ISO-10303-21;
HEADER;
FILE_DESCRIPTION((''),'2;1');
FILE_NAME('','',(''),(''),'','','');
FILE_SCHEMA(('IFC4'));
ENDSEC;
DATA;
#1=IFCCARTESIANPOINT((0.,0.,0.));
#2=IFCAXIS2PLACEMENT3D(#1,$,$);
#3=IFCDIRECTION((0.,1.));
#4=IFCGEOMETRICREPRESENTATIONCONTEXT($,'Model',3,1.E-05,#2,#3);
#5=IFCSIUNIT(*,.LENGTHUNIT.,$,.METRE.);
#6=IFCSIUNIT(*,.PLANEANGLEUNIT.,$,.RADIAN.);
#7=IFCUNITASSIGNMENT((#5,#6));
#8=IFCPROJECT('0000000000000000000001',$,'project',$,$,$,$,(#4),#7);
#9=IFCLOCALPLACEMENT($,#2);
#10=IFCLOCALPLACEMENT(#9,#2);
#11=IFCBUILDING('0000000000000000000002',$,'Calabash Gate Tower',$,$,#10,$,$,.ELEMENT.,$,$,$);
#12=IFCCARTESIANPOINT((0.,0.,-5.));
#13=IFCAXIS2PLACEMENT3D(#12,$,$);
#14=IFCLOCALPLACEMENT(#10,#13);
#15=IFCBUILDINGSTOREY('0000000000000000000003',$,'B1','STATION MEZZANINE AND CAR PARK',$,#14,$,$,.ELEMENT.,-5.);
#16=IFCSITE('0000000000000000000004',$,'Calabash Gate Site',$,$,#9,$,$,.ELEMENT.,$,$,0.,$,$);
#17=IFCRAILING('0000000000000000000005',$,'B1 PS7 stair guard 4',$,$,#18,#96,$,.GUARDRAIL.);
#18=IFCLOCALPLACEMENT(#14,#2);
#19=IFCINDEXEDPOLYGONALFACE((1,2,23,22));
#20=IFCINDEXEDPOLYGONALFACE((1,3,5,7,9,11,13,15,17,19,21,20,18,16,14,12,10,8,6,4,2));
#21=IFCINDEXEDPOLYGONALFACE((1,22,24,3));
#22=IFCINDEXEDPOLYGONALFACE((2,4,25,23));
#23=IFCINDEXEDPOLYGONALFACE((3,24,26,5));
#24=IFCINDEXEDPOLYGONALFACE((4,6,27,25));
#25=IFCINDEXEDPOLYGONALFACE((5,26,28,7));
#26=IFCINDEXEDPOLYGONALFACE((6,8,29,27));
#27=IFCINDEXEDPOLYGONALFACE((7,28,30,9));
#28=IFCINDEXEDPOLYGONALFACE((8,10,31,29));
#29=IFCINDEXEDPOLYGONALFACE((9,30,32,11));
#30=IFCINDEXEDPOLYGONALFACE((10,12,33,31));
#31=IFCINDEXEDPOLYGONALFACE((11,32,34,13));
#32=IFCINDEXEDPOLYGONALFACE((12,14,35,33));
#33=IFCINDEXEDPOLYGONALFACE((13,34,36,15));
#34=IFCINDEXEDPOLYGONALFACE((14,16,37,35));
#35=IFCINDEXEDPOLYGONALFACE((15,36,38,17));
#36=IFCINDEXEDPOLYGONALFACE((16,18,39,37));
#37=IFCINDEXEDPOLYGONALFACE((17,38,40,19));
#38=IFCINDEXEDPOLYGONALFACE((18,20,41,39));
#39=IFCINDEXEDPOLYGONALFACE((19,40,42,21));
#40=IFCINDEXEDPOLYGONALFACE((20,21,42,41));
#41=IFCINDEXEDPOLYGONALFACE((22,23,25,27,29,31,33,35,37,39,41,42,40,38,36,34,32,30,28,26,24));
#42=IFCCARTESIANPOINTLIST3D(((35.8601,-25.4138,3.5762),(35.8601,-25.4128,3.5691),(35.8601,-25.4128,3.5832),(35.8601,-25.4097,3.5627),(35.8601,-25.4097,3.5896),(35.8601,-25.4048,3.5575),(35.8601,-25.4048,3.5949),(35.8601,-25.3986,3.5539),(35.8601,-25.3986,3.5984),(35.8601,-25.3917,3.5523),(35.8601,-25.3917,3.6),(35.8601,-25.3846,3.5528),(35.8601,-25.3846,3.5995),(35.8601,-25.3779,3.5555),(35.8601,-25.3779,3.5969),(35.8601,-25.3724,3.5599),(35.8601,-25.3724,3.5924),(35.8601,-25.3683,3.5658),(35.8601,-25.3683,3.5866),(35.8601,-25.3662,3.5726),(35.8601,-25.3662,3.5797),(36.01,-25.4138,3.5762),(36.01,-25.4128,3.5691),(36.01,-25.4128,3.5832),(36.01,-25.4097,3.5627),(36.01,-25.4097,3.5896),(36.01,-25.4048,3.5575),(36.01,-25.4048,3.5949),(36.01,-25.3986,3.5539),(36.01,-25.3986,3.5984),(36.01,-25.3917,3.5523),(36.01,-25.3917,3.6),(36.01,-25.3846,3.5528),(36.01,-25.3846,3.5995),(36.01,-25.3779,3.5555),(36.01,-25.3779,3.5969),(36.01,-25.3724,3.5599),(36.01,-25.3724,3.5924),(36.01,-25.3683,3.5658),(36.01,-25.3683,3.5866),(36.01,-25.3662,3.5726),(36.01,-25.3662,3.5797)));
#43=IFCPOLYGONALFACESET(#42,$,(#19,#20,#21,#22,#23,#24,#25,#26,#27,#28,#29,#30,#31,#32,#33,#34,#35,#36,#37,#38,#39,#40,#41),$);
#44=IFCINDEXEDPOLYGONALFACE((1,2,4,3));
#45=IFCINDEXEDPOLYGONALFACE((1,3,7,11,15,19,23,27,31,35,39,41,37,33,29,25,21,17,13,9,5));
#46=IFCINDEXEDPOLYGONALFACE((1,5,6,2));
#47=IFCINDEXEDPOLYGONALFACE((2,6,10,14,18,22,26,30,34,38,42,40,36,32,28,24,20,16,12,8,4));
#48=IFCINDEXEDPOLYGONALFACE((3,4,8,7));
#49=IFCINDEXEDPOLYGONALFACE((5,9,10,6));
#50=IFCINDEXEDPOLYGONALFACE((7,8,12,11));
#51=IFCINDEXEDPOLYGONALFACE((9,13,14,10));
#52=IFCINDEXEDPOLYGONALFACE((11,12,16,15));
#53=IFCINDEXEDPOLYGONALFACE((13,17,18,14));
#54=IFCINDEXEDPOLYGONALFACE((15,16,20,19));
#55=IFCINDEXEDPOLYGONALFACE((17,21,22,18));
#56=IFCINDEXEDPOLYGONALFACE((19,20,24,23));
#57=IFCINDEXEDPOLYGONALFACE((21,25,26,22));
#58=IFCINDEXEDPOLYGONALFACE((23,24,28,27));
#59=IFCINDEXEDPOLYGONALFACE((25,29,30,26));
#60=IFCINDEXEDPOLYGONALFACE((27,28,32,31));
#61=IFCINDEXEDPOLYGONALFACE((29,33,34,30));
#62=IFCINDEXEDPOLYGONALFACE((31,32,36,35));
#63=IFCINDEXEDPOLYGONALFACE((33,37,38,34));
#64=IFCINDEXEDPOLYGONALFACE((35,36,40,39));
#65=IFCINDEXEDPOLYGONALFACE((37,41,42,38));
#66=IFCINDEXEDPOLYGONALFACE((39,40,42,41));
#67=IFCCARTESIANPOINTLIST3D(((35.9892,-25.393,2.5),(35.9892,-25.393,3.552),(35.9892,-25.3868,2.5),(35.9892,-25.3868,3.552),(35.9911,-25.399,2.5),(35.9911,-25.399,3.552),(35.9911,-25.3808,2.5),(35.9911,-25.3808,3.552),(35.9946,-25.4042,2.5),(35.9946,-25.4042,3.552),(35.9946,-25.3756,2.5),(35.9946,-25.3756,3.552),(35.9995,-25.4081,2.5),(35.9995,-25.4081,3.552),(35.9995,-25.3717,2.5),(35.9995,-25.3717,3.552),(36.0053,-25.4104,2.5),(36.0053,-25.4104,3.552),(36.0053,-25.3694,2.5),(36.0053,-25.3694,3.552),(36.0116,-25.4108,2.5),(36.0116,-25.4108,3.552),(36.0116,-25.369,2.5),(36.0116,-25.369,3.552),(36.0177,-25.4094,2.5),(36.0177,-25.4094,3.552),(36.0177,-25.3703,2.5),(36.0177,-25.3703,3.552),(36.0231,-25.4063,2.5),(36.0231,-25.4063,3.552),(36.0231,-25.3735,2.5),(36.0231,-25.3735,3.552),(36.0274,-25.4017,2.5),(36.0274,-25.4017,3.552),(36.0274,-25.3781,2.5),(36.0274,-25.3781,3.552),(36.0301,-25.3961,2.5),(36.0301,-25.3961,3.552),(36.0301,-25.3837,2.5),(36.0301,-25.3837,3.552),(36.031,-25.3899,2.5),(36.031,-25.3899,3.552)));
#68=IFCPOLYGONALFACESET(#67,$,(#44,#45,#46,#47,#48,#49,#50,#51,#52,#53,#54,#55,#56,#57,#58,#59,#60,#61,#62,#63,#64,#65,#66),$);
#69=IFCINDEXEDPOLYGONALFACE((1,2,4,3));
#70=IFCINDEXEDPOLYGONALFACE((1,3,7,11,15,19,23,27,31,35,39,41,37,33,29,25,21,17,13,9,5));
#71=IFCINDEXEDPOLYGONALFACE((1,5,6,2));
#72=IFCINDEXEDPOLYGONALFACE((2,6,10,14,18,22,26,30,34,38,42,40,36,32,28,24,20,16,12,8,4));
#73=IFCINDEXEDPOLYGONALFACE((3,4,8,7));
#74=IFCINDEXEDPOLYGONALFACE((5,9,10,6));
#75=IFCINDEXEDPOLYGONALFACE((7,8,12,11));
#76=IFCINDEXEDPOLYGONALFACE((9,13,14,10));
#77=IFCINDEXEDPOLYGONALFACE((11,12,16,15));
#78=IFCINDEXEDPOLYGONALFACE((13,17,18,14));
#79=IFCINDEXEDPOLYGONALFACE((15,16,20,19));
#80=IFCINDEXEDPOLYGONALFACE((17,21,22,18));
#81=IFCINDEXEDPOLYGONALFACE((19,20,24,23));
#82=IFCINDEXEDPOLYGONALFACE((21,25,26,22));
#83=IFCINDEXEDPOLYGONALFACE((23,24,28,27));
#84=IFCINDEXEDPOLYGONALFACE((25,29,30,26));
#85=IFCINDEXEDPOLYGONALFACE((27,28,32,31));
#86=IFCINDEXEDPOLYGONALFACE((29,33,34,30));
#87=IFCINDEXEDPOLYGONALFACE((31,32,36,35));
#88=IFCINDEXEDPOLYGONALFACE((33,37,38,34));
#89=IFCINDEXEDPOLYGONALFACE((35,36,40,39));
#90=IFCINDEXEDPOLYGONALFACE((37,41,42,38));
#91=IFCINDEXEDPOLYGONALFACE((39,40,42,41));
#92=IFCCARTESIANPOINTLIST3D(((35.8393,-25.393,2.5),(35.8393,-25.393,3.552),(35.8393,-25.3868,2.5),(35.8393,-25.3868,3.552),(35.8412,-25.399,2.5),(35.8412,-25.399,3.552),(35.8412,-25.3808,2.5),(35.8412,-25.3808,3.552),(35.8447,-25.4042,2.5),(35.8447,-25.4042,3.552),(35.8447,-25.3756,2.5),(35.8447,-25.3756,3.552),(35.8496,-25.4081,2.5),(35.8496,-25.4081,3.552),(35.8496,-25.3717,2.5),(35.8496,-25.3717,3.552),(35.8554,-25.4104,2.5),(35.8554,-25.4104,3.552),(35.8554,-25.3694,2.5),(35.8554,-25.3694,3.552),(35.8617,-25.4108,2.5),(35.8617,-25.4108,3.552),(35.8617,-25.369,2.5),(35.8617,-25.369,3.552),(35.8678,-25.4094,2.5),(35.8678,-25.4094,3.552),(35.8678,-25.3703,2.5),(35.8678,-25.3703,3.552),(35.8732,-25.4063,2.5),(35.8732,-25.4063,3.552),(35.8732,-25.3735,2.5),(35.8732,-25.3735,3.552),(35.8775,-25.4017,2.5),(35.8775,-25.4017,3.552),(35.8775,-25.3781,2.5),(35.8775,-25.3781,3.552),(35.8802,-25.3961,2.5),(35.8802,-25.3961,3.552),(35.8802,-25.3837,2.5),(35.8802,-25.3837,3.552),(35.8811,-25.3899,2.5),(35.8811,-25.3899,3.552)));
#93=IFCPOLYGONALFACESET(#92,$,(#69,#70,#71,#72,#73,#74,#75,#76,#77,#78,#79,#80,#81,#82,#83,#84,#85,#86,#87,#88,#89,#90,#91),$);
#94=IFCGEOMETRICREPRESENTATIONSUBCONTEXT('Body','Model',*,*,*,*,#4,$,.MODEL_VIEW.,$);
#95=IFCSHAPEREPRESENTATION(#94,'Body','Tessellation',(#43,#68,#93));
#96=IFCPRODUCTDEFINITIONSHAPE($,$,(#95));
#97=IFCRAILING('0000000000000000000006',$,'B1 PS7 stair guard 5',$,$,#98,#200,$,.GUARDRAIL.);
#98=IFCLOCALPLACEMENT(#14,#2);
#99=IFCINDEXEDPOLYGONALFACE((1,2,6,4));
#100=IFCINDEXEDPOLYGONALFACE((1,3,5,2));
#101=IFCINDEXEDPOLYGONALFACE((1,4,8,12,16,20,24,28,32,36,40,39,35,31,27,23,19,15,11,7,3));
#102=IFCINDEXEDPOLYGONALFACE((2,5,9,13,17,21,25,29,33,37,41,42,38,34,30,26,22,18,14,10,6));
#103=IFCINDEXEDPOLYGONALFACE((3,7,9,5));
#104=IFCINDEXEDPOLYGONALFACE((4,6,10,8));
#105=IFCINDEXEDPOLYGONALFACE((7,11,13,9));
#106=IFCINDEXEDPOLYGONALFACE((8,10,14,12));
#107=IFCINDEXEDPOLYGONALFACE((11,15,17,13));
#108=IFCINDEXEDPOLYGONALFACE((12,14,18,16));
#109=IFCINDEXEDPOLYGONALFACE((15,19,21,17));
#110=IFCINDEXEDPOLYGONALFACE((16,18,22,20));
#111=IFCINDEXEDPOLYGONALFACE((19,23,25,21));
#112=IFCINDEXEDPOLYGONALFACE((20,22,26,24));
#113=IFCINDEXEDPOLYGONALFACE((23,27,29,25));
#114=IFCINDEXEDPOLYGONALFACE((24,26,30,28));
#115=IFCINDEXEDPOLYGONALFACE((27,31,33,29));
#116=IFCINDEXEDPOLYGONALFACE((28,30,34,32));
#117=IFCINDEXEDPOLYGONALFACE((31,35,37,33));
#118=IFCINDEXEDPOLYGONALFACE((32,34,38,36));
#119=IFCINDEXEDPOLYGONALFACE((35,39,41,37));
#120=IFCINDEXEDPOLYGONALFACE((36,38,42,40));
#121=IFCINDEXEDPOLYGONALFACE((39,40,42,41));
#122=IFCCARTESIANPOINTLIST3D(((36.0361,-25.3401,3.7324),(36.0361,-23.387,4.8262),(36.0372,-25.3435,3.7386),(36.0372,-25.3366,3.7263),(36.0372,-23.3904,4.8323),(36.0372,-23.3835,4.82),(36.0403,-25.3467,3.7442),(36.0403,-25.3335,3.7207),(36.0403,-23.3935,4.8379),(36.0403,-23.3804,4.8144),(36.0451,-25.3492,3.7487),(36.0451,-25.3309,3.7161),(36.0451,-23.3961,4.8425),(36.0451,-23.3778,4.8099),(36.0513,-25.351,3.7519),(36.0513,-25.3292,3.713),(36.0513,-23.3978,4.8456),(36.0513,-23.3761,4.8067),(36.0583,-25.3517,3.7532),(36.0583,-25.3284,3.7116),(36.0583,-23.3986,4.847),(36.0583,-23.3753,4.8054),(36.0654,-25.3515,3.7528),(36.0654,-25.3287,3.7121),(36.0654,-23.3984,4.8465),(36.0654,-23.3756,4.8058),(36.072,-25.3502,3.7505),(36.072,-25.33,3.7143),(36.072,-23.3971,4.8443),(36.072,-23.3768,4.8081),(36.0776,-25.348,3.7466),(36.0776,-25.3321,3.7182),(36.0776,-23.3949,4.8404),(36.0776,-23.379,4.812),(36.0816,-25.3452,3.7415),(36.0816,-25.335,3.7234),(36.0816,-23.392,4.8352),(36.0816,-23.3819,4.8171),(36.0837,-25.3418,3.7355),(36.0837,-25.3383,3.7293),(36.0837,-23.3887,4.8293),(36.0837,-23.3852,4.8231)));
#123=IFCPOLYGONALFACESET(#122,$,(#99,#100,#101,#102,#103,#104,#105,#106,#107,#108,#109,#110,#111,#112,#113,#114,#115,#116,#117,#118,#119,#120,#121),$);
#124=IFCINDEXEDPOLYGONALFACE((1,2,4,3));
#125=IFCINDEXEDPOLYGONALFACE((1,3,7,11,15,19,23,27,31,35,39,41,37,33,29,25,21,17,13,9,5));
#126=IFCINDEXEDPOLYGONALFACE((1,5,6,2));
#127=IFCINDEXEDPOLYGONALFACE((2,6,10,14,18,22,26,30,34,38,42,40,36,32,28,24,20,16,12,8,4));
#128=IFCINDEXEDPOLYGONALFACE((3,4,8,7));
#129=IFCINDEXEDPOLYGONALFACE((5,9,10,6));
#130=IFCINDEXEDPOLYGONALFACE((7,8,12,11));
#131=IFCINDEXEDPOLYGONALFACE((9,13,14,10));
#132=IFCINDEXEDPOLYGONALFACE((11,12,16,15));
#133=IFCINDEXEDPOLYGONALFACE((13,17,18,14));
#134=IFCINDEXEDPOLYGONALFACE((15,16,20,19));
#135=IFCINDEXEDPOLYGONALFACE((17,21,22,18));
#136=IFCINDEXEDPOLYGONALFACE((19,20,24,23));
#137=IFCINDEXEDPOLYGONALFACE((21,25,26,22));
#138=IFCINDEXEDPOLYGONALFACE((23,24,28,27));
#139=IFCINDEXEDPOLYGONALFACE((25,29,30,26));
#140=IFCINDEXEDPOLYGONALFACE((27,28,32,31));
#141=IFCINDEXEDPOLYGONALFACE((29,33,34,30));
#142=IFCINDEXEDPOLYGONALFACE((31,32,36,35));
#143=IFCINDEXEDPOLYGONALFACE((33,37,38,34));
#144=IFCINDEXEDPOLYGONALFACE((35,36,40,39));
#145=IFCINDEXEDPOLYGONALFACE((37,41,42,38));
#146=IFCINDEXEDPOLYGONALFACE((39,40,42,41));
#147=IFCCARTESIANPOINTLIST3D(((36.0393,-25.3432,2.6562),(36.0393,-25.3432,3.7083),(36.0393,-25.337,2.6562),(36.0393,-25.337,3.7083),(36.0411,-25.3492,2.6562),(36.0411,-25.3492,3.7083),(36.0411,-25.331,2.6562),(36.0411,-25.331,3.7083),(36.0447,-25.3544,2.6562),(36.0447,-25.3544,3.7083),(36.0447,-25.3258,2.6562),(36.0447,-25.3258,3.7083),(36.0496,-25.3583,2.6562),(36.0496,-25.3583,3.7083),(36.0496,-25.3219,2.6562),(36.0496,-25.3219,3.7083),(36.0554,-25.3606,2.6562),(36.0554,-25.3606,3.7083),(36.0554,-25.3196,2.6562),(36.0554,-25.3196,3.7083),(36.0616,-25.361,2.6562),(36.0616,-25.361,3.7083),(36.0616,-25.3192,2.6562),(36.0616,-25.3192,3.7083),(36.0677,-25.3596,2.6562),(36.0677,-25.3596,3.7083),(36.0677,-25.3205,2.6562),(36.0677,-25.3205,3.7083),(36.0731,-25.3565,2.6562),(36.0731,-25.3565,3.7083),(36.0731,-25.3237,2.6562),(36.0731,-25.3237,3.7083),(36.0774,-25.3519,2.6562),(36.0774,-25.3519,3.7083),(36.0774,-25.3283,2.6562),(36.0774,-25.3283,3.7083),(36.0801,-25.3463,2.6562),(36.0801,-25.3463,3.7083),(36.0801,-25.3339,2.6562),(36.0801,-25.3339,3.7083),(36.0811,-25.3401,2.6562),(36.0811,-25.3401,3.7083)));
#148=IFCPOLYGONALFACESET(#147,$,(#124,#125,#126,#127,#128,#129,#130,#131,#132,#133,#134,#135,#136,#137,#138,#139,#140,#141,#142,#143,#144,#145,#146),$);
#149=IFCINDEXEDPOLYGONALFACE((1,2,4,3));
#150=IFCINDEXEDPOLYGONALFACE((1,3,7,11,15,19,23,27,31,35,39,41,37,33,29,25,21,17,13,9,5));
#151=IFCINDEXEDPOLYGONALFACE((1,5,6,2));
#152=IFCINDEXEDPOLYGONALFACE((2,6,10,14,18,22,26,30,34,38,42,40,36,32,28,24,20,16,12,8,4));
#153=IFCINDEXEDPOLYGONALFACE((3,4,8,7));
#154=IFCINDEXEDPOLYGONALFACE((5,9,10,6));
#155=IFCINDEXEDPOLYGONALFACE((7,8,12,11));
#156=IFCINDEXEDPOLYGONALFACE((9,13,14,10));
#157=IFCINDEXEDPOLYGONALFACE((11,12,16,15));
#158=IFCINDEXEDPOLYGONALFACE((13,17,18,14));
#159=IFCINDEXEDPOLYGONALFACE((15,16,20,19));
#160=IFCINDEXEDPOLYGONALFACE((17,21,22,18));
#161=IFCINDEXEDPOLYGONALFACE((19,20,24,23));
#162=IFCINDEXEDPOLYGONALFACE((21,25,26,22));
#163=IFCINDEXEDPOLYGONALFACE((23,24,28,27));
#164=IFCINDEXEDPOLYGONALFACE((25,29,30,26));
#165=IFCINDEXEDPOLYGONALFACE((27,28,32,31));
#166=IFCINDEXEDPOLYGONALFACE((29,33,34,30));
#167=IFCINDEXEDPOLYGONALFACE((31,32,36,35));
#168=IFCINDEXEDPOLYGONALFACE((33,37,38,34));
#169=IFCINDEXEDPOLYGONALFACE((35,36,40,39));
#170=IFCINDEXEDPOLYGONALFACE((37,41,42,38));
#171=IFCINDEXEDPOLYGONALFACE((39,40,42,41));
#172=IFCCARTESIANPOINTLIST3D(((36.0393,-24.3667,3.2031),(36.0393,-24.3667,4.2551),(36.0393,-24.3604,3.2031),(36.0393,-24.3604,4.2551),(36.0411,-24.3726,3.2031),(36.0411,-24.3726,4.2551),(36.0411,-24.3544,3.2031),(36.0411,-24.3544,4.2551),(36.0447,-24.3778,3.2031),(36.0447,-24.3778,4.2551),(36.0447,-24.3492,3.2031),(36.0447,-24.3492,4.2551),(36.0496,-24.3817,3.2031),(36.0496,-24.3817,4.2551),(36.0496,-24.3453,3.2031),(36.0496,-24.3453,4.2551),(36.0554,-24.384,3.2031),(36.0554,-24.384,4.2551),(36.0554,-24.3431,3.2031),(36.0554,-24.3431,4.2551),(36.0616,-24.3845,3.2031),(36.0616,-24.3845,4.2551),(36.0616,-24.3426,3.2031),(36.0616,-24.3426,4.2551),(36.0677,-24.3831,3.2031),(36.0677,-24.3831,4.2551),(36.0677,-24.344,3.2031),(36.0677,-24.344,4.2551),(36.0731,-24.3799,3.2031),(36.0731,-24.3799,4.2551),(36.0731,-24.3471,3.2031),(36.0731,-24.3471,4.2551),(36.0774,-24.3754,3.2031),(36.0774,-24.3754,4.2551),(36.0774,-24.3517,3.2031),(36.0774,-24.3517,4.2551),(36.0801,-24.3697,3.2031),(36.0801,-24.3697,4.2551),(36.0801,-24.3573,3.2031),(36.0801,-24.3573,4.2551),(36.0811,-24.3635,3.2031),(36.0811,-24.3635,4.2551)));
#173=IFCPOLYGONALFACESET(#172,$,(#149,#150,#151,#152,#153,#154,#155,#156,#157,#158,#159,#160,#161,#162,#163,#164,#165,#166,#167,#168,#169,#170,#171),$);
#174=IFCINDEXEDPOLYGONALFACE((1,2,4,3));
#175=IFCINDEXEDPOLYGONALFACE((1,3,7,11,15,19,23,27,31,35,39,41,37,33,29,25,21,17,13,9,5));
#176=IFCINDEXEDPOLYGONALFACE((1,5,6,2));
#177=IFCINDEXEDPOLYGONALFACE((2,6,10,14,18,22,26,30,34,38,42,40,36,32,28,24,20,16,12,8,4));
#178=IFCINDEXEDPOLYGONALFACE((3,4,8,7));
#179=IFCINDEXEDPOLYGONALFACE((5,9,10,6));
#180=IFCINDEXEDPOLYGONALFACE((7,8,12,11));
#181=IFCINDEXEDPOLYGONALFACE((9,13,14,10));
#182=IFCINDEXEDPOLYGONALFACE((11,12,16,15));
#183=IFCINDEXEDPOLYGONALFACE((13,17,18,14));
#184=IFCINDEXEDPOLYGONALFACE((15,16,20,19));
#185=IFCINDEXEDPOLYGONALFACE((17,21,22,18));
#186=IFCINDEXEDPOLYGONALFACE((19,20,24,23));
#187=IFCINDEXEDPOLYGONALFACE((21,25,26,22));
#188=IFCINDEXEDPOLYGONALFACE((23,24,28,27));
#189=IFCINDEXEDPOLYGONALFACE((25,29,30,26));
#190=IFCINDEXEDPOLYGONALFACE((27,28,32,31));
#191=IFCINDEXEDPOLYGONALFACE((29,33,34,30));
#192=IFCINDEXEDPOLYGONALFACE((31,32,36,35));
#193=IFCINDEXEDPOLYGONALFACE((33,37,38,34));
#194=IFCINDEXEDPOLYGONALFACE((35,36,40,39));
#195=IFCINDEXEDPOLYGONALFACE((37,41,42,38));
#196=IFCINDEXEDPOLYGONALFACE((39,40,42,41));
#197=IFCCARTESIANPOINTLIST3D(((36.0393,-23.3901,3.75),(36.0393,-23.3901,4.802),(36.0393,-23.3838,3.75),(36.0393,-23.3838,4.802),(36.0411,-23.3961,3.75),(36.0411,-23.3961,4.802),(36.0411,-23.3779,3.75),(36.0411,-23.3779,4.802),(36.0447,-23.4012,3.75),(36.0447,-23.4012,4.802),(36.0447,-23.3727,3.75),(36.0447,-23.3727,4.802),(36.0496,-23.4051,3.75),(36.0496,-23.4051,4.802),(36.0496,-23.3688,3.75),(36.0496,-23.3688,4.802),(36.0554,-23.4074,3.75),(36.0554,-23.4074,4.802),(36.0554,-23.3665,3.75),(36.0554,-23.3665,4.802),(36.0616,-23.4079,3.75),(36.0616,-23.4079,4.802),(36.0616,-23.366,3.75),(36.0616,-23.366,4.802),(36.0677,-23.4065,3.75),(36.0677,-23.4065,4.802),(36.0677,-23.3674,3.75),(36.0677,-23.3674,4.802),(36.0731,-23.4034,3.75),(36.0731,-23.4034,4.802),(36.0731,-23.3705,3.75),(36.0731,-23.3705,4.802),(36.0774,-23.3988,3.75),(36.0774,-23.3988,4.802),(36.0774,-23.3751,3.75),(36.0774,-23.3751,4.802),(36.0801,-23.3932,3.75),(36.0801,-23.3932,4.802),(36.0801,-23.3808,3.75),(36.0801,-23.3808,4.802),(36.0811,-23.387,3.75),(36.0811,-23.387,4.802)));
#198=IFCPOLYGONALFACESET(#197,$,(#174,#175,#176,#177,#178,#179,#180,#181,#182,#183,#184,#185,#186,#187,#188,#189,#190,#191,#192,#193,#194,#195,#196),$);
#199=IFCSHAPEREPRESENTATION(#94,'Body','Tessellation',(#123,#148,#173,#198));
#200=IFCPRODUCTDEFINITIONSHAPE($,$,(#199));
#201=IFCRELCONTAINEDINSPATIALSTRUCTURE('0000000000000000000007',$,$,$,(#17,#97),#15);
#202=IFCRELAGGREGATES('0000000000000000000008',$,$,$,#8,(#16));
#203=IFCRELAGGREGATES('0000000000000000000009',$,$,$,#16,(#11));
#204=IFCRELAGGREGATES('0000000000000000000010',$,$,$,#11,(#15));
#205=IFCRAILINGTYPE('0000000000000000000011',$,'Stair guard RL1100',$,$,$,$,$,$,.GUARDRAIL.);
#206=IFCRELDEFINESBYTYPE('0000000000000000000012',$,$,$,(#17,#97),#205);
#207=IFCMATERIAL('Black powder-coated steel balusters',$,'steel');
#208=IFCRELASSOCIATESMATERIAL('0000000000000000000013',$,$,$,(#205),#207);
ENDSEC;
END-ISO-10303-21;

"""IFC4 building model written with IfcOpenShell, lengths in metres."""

from ifc_helpers import new_model, si_unit, direction, frame, origin, origin_2d, place, context, subcontext, project, spatial, circle, extrude, material, type_object, element, save


model = new_model("IFC4")

# Units and contexts
model_context = context("Model", 3, precision=1e-05, world=origin(), true_north=direction((0.0, 1.0)))
body_context = subcontext(model_context, "Body", "Model", "MODEL_VIEW")
ifc_project = project(units=[si_unit("LENGTHUNIT", "METRE"), si_unit("PLANEANGLEUNIT", "RADIAN")], contexts=[model_context])

# Site, building, storey
site_placement = place(None, origin())
site = spatial("IfcSite", under=ifc_project, at=site_placement, Name="Calabash Gate Site", CompositionType="ELEMENT", RefElevation=0.0)
building_placement = place(site_placement, origin())
building = spatial("IfcBuilding", under=site, at=building_placement, Name="Calabash Gate Tower", CompositionType="ELEMENT")
storey_placement = place(building_placement, frame((0.0, 0.0, -5.0)))
storey = spatial("IfcBuildingStorey", under=building, at=storey_placement, Name="B1", Description="STATION MEZZANINE AND CAR PARK", CompositionType="ELEMENT", Elevation=-5.0)

# Railings
ifc_material_1 = material(Name="Black powder-coated steel balusters", Category="steel")
railing_type_1 = type_object("IfcRailingType", Name="Stair guard RL1100", PredefinedType="GUARDRAIL", material=ifc_material_1)
railing_1_placement = place(storey_placement, frame((36.01, -25.3899, 2.5)))
element("IfcRailing", 1, at=railing_1_placement, inside=storey, type_object=railing_type_1, Name="B1 PS7 stair guard 4", PredefinedType="GUARDRAIL", context=body_context, shape_type="SweptSolid", body=[
    extrude(circle(Radius=0.0239, at=origin_2d()), frame((0.0, 0.0, 1.0762), z_axis=(-1.0, 0.0, 0.0), x_axis=(0.0, -1.0, 0.0)), (0.0, 0.0, 1.0), 0.1499),
    extrude(circle(Radius=0.021, at=origin_2d()), origin(), (0.0, 0.0, 1.0), 1.052),
    extrude(circle(Radius=0.021, at=origin_2d()), frame((-0.1499, 0.0, 0.0)), (0.0, 0.0, 1.0), 1.052),
])
railing_2_placement = place(storey_placement, frame((36.0601, -25.3401, 2.6562)))
element("IfcRailing", 2, at=railing_2_placement, inside=storey, type_object=railing_type_1, Name="B1 PS7 stair guard 5", PredefinedType="GUARDRAIL", context=body_context, shape_type="SweptSolid", body=[
    extrude(circle(Radius=0.0239, at=origin_2d()), frame((0.0, 0.0, 1.0762), z_axis=(0.0, 0.872506, 0.488603), x_axis=(-1.0, 0.0, 0.0)), (0.0, 0.0, 1.0), 2.2385),
    extrude(circle(Radius=0.021, at=origin_2d()), origin(), (0.0, 0.0, 1.0), 1.052),
    extrude(circle(Radius=0.021, at=origin_2d()), frame((0.0, 0.9766, 0.5469)), (0.0, 0.0, 1.0), 1.052),
    extrude(circle(Radius=0.021, at=origin_2d()), frame((0.0, 1.9531, 1.0938)), (0.0, 0.0, 1.0), 1.052),
])

save(model, "model.ifc")
